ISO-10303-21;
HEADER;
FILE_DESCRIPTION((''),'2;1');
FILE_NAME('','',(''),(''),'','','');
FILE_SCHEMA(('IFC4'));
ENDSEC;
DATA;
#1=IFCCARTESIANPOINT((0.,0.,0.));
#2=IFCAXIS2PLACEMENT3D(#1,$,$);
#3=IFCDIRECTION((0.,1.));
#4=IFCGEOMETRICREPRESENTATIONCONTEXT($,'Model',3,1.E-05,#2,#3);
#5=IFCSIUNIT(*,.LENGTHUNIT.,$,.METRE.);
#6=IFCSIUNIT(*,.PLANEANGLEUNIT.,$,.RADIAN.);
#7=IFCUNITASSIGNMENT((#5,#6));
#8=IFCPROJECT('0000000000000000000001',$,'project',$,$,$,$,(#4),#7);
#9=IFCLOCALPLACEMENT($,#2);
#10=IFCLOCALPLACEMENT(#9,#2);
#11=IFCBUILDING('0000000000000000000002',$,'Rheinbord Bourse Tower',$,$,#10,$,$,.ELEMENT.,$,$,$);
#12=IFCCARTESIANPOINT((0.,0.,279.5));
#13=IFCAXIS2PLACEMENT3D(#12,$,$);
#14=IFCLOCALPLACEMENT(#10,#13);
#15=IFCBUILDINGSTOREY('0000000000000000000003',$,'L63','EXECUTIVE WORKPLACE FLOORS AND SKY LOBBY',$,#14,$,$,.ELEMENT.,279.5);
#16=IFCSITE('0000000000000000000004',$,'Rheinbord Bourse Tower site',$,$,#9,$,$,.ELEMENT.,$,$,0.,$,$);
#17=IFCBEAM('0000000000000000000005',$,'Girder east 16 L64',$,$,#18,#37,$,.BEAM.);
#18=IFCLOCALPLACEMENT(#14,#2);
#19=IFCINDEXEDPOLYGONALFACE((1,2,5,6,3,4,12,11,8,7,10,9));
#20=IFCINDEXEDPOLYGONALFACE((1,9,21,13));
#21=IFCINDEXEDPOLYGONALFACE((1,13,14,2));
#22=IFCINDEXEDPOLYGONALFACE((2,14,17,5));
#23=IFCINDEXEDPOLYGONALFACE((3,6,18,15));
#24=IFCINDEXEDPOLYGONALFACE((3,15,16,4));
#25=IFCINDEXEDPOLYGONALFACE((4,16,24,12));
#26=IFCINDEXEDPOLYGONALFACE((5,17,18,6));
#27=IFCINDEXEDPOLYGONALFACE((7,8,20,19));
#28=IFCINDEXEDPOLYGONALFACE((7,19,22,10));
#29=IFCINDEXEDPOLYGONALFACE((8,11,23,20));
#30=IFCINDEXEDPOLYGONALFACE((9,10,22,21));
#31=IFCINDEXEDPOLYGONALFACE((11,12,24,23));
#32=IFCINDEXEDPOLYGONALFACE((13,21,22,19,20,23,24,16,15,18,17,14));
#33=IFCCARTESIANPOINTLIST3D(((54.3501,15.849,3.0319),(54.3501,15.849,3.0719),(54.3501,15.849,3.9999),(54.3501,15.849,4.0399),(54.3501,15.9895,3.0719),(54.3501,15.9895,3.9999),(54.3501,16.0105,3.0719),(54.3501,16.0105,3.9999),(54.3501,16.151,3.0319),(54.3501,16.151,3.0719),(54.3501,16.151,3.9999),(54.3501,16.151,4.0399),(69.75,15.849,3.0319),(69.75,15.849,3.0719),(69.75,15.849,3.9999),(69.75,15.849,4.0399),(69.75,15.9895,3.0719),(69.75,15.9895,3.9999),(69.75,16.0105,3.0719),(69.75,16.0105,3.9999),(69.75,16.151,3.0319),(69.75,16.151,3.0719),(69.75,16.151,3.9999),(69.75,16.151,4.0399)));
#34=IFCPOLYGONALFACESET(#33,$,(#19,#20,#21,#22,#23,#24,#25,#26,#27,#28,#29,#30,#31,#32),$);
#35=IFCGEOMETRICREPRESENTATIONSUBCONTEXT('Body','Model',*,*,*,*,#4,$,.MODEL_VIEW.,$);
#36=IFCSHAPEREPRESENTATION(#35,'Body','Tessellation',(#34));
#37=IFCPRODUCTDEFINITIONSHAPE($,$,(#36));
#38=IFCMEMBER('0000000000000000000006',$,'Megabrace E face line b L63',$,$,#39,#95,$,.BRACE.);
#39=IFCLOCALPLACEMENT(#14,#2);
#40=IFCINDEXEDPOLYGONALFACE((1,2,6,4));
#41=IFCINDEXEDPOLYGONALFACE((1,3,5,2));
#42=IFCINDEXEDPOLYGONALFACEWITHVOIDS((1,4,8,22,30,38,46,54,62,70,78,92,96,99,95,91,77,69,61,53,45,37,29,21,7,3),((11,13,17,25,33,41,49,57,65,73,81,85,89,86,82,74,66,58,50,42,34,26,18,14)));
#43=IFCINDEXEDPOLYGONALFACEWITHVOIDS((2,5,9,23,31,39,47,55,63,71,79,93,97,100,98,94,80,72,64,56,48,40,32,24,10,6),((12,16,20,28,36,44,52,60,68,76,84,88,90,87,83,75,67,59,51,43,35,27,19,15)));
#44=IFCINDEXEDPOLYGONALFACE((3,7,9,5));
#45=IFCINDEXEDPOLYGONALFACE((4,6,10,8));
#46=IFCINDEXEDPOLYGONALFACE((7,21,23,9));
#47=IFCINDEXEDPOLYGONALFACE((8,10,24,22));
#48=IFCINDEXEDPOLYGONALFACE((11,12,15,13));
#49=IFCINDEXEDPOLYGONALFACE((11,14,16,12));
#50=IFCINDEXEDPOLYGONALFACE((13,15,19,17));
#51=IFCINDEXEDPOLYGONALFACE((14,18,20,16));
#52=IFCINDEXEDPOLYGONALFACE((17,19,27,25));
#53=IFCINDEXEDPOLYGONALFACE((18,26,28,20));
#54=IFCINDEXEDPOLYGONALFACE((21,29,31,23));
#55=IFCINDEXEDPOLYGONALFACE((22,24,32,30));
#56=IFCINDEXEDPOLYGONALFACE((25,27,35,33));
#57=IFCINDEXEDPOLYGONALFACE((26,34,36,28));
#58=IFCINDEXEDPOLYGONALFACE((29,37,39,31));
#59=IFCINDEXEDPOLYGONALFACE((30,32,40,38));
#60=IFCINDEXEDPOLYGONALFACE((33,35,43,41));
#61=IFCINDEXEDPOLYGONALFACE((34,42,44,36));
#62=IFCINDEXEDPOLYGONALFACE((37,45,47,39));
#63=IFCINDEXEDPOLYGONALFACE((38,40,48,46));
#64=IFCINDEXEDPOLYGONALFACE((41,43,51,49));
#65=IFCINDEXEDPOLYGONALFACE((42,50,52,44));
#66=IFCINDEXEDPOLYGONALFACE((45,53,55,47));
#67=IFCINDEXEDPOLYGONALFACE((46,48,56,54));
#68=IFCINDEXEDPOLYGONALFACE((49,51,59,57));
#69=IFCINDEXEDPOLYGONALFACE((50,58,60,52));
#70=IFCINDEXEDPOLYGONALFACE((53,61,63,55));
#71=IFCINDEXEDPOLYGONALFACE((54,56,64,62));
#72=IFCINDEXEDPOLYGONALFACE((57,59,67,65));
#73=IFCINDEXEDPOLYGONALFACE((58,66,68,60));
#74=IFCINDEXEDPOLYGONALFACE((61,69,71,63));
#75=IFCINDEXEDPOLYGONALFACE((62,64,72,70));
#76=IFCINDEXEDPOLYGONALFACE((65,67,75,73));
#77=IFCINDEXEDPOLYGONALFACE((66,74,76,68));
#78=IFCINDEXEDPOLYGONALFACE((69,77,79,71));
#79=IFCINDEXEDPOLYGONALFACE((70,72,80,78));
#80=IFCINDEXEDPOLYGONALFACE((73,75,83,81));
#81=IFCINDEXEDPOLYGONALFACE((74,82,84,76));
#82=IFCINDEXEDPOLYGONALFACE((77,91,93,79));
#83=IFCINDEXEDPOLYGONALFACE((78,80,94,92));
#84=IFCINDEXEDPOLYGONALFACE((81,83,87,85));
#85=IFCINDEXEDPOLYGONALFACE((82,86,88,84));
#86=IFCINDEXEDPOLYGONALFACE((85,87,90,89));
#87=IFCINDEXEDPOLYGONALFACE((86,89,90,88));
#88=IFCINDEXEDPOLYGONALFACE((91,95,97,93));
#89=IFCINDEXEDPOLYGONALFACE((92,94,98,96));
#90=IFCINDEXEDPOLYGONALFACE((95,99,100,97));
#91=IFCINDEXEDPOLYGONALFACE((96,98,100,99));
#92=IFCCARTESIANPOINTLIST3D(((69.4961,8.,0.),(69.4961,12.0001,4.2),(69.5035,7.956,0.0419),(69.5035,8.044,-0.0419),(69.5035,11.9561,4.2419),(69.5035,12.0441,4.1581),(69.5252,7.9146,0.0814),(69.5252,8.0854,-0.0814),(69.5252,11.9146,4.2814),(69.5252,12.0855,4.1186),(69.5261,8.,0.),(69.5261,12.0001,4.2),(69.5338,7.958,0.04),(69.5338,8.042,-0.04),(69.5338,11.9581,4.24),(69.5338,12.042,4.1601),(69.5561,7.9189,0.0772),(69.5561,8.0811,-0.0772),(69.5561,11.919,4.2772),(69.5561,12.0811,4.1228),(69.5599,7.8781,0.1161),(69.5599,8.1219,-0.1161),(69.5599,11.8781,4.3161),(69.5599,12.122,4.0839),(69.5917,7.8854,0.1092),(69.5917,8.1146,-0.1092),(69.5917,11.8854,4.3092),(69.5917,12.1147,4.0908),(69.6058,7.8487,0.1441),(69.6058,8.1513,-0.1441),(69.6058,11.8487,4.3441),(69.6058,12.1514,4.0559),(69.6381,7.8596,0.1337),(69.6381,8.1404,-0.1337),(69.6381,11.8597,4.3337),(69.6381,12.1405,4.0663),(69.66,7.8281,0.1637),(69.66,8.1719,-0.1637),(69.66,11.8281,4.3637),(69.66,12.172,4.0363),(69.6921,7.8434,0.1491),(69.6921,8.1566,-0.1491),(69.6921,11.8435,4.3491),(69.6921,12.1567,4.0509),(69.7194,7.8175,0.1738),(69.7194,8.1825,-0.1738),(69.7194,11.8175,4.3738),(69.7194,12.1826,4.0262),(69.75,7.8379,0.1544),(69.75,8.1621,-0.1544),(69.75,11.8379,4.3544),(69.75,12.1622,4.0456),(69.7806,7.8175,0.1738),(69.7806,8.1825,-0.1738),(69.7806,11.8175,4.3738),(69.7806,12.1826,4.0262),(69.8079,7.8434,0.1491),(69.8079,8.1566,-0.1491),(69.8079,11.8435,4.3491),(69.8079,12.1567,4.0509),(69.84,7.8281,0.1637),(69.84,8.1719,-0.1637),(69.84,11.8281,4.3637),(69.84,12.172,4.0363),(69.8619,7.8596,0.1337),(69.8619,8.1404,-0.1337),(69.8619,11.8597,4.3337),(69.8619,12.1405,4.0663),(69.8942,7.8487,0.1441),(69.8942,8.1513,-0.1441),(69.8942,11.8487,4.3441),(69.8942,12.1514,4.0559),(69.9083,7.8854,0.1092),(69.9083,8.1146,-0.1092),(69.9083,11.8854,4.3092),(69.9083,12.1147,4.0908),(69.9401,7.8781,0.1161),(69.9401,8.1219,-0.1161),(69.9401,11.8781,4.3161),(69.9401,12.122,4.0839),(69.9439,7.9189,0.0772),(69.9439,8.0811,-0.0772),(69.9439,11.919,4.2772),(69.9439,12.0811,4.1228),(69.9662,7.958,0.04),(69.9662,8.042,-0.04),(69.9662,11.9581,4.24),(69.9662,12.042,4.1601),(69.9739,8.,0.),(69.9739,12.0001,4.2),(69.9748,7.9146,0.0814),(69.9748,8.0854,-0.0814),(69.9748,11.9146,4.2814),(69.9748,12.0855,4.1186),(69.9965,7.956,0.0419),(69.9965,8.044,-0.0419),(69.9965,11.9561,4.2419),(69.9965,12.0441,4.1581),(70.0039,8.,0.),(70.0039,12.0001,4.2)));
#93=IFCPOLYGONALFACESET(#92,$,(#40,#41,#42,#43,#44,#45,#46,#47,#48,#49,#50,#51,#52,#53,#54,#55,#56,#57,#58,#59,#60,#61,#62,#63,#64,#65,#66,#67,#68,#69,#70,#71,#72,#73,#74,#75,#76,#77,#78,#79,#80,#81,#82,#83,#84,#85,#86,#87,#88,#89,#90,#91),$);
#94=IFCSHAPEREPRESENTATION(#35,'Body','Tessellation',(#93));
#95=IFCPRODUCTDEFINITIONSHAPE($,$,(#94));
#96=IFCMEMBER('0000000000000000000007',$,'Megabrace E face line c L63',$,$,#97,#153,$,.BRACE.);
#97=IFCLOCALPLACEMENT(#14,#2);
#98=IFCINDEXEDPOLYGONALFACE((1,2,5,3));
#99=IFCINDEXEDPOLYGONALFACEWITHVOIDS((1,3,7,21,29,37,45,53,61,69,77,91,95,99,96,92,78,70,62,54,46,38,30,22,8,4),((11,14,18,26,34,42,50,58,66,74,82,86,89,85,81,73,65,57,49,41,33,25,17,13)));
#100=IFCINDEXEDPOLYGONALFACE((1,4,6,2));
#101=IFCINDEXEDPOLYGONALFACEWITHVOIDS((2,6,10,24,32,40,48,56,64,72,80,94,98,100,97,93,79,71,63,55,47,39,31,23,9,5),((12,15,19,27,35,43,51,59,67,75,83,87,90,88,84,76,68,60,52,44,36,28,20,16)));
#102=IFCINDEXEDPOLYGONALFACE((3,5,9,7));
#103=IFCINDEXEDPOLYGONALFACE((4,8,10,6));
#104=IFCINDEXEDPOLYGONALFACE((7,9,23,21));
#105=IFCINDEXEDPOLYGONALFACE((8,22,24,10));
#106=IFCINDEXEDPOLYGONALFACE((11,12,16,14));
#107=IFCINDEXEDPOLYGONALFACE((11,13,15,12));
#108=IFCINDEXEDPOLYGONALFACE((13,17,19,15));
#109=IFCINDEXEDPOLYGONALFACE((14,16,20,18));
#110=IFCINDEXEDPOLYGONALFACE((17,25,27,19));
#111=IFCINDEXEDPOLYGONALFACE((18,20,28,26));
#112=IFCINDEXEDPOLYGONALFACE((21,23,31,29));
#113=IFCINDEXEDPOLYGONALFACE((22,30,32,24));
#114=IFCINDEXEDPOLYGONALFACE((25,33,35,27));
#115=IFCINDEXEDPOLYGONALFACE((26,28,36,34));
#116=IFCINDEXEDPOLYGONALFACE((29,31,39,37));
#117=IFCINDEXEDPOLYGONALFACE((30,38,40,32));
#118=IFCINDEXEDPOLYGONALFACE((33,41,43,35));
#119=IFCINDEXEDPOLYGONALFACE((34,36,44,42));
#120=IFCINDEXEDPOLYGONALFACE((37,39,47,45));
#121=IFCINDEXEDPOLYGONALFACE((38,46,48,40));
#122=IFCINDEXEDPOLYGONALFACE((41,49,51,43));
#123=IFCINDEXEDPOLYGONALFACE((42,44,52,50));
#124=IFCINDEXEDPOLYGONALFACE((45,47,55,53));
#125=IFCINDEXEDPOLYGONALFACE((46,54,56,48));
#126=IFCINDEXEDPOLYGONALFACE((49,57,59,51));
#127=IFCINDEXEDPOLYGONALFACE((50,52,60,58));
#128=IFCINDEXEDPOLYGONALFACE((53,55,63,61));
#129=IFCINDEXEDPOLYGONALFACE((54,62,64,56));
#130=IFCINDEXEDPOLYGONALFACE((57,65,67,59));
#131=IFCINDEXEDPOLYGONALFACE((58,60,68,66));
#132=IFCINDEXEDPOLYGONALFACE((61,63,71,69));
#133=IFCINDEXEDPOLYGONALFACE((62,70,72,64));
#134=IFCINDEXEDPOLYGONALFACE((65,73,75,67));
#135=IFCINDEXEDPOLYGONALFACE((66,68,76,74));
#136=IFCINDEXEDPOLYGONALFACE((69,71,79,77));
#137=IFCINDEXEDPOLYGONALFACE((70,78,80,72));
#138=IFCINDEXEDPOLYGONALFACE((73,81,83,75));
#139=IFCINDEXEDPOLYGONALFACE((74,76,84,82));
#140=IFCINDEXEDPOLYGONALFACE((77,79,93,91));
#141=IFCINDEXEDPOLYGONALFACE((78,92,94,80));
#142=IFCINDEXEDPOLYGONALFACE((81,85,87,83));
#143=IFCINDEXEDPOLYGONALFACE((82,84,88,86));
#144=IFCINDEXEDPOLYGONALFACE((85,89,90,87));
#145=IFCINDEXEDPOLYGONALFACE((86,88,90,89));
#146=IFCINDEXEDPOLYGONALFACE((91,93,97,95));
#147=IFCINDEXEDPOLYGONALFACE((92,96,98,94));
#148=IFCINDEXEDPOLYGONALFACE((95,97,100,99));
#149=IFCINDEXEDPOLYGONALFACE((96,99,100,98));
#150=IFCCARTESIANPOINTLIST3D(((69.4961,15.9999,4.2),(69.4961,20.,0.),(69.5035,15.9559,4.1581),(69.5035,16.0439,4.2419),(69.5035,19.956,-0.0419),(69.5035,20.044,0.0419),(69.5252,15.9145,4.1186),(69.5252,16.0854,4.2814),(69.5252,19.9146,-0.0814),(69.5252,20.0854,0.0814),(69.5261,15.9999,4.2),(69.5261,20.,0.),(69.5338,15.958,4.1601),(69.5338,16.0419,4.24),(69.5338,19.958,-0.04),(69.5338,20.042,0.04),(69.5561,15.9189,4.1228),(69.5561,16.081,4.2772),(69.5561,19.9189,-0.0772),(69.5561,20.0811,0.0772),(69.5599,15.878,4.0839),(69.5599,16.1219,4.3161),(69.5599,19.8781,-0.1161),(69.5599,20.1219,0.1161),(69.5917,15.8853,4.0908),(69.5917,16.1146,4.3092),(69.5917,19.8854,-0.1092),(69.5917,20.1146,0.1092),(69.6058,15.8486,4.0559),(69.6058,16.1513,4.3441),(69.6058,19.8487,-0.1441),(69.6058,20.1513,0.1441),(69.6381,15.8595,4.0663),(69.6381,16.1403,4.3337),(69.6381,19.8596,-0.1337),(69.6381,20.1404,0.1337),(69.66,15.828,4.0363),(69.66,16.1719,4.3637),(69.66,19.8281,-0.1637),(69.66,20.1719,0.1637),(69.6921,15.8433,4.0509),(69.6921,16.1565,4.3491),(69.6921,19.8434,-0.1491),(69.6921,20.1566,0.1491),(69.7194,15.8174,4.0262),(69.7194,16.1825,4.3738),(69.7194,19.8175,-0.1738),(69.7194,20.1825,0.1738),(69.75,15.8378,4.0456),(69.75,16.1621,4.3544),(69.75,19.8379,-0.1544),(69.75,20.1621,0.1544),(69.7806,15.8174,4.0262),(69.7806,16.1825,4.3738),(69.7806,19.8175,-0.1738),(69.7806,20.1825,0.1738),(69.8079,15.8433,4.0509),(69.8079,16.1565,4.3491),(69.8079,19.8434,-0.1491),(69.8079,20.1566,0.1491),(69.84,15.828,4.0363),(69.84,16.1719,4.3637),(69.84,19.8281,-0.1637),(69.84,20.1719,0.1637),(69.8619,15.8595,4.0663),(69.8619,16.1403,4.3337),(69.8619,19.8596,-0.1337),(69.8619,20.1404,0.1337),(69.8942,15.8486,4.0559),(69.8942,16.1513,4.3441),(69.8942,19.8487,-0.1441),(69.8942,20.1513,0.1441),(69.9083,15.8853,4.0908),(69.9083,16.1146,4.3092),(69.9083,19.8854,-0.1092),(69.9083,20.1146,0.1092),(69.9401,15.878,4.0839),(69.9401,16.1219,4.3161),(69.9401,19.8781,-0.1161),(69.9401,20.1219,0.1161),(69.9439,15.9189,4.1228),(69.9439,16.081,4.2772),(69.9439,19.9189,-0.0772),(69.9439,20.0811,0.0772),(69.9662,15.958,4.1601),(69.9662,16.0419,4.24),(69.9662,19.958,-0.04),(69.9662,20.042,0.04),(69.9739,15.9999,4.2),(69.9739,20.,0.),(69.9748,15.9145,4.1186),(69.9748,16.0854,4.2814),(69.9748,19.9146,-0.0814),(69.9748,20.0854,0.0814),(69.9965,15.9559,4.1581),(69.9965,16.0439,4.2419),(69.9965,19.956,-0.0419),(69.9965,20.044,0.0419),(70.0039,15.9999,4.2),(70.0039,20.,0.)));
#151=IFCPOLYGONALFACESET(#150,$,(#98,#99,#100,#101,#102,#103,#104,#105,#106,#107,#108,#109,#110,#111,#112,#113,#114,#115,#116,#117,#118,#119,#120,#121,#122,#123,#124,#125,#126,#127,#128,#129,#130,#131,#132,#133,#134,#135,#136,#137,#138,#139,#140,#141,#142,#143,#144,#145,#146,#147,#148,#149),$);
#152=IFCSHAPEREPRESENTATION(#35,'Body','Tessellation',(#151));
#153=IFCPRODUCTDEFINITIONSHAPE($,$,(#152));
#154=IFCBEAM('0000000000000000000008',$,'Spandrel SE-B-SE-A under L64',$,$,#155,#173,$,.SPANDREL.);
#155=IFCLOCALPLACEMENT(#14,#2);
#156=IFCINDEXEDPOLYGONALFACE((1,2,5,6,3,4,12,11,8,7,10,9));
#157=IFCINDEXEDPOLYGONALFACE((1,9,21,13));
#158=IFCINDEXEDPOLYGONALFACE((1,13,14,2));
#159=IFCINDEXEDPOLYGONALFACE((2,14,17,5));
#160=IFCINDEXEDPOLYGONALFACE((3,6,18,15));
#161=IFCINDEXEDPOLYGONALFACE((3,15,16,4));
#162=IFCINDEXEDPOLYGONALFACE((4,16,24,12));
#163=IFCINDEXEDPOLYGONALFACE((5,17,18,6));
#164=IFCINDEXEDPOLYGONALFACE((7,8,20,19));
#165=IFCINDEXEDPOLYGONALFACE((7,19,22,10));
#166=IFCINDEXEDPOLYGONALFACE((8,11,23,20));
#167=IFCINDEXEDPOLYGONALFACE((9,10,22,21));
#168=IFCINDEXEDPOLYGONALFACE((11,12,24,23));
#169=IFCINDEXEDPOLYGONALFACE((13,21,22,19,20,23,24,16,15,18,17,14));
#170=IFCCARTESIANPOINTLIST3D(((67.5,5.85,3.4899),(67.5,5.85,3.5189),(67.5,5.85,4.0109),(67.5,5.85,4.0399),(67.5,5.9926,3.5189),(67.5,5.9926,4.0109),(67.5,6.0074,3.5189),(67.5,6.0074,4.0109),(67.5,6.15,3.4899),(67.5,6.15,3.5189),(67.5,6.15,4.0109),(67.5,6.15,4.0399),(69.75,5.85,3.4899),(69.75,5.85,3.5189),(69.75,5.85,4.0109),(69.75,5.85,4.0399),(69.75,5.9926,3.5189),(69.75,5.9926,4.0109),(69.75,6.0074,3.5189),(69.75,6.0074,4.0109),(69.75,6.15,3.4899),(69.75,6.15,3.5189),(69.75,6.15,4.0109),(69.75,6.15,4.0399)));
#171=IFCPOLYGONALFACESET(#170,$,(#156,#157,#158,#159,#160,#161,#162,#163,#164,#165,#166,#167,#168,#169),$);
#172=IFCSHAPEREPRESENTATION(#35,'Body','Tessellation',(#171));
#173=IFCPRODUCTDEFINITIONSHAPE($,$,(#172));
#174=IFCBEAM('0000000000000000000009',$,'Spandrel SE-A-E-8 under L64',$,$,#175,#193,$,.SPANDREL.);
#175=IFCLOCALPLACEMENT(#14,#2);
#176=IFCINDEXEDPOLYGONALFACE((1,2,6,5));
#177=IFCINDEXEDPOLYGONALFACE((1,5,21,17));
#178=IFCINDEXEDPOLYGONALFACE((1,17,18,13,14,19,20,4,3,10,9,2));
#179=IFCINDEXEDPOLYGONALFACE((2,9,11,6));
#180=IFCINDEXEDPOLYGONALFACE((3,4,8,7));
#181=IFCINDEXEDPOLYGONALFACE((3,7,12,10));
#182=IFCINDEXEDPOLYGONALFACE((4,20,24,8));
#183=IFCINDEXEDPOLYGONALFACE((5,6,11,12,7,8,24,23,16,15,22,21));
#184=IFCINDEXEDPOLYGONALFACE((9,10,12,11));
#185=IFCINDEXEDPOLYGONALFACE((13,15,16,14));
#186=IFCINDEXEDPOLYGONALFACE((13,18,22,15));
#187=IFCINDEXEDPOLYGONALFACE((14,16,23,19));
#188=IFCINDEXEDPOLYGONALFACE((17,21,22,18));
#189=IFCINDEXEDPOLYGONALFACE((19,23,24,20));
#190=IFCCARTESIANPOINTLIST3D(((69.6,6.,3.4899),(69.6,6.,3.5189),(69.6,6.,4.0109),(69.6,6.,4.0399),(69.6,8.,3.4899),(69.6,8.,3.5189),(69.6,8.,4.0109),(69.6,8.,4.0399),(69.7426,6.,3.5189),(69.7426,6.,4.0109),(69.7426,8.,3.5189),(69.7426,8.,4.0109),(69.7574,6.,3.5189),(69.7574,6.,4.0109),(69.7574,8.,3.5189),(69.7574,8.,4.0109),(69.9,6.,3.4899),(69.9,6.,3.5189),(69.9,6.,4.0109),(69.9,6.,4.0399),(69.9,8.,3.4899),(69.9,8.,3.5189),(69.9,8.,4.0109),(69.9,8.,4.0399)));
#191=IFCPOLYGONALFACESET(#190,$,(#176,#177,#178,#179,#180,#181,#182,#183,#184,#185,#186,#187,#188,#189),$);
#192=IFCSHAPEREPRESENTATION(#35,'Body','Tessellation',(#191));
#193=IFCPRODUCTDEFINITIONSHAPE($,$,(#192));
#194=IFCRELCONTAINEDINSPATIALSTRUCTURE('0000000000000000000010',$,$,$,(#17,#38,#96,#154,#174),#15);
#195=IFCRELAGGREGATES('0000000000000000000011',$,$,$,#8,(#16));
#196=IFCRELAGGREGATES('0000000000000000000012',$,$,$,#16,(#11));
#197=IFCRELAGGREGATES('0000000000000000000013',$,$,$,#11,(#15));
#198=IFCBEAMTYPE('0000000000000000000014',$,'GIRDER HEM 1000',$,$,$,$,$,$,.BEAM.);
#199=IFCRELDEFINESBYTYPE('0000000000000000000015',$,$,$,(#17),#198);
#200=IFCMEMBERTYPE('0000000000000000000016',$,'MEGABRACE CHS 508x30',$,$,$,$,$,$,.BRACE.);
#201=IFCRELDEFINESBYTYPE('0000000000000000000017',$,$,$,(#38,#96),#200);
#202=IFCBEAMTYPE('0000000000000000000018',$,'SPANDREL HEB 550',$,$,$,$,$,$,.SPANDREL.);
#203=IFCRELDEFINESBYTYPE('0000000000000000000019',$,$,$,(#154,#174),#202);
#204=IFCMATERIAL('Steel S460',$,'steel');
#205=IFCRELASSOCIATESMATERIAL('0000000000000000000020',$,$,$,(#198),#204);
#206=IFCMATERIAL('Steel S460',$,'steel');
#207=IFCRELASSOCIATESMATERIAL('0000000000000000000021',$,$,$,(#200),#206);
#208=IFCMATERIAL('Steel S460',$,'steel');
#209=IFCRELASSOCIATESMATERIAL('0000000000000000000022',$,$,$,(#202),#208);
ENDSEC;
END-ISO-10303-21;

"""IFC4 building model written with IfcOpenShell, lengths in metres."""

from ifc_helpers import new_model, si_unit, direction, frame, origin, origin_2d, place, context, subcontext, project, spatial, hollow_circle, i_section, extrude, material, material_profile, profile_set, type_object, element, save


model = new_model("IFC4")

# Units and contexts
model_context = context("Model", 3, precision=1e-05, world=origin(), true_north=direction((0.0, 1.0)))
body_context = subcontext(model_context, "Body", "Model", "MODEL_VIEW")
ifc_project = project(units=[si_unit("LENGTHUNIT", "METRE"), si_unit("PLANEANGLEUNIT", "RADIAN")], contexts=[model_context])

# Site, building, storey
site_placement = place(None, origin())
site = spatial("IfcSite", under=ifc_project, at=site_placement, Name="Rheinbord Bourse Tower site", CompositionType="ELEMENT", RefElevation=0.0)
building_placement = place(site_placement, origin())
building = spatial("IfcBuilding", under=site, at=building_placement, Name="Rheinbord Bourse Tower", CompositionType="ELEMENT")
storey_placement = place(building_placement, frame((0.0, 0.0, 279.5)))
storey = spatial("IfcBuildingStorey", under=building, at=storey_placement, Name="L63", Description="EXECUTIVE WORKPLACE FLOORS AND SKY LOBBY", CompositionType="ELEMENT", Elevation=279.5)

# Beam
ifc_material_1 = material(Name="Steel S460", Category="steel")
ifc_material_profile_1 = material_profile(ifc_material_1, i_section(OverallWidth=0.302, OverallDepth=1.0081, WebThickness=0.021, FlangeThickness=0.04, at=origin_2d()), Name="HEM 1000")
ifc_profile_set_1 = profile_set([ifc_material_profile_1], Name="Steel S460")
beam_type_1 = type_object("IfcBeamType", Name="GIRDER HEM 1000", PredefinedType="BEAM", material=ifc_profile_set_1)
beam_1_placement = place(storey_placement, frame((54.3501, 16.0, 3.5359), z_axis=(1.0, 0.0, 0.0), x_axis=(0.0, 1.0, 0.0)))
element("IfcBeam", 1, at=beam_1_placement, inside=storey, type_object=beam_type_1, Name="Girder east 16 L64", PredefinedType="BEAM", context=body_context, shape_type="SweptSolid", body=[
    extrude(i_section(OverallWidth=0.302, OverallDepth=1.0081, WebThickness=0.021, FlangeThickness=0.04, at=origin_2d()), origin(), (0.0, 0.0, 1.0), 15.3999),
])

# Members
ifc_material_2 = material(Name="Steel S460", Category="steel")
ifc_material_profile_2 = material_profile(ifc_material_2, hollow_circle(Radius=0.2539, WallThickness=0.03, at=origin_2d()), Name="CHS 508x30")
ifc_profile_set_2 = profile_set([ifc_material_profile_2], Name="Steel S460")
member_type_1 = type_object("IfcMemberType", Name="MEGABRACE CHS 508x30", PredefinedType="BRACE", material=ifc_profile_set_2)
for number, where, z_axis, x_axis, name in (
    (2, (69.75, 8.0, 0.0), (0.0, 0.689659, 0.724134), (-1.0, 0.0, 0.0), "Megabrace E face line b L63"),
    (3, (69.75, 20.0, 0.0), (0.0, -0.689659, 0.724134), (1.0, 0.0, 0.0), "Megabrace E face line c L63"),
):
    element("IfcMember", number, at=place(storey_placement, frame(where, z_axis=z_axis, x_axis=x_axis)), inside=storey, type_object=member_type_1, Name=name, PredefinedType="BRACE", context=body_context, shape_type="SweptSolid", body=[
        extrude(hollow_circle(Radius=0.2539, WallThickness=0.03, at=origin_2d()), origin(), (0.0, 0.0, 1.0), 5.8),
    ])

# Beams
ifc_material_3 = material(Name="Steel S460", Category="steel")
ifc_material_profile_3 = material_profile(ifc_material_3, i_section(OverallWidth=0.3, OverallDepth=0.55, WebThickness=0.0149, FlangeThickness=0.0291, at=origin_2d()), Name="HEB 550")
ifc_profile_set_3 = profile_set([ifc_material_profile_3], Name="Steel S460")
beam_type_2 = type_object("IfcBeamType", Name="SPANDREL HEB 550", PredefinedType="SPANDREL", material=ifc_profile_set_3)
beam_2_placement = place(storey_placement, frame((67.5, 6.0, 3.7649), z_axis=(1.0, 0.0, 0.0), x_axis=(0.0, 1.0, 0.0)))
element("IfcBeam", 4, at=beam_2_placement, inside=storey, type_object=beam_type_2, Name="Spandrel SE-B-SE-A under L64", PredefinedType="SPANDREL", context=body_context, shape_type="SweptSolid", body=[
    extrude(i_section(OverallWidth=0.3, OverallDepth=0.55, WebThickness=0.0149, FlangeThickness=0.0291, at=origin_2d()), origin(), (0.0, 0.0, 1.0), 2.25),
])
beam_3_placement = place(storey_placement, frame((69.75, 6.0, 3.7649), z_axis=(0.0, 1.0, 0.0), x_axis=(-1.0, 0.0, 0.0)))
element("IfcBeam", 5, at=beam_3_placement, inside=storey, type_object=beam_type_2, Name="Spandrel SE-A-E-8 under L64", PredefinedType="SPANDREL", context=body_context, shape_type="SweptSolid", body=[
    extrude(i_section(OverallWidth=0.3, OverallDepth=0.55, WebThickness=0.0149, FlangeThickness=0.0291, at=origin_2d()), origin(), (0.0, 0.0, 1.0), 2.0),
])

save(model, "model.ifc")
